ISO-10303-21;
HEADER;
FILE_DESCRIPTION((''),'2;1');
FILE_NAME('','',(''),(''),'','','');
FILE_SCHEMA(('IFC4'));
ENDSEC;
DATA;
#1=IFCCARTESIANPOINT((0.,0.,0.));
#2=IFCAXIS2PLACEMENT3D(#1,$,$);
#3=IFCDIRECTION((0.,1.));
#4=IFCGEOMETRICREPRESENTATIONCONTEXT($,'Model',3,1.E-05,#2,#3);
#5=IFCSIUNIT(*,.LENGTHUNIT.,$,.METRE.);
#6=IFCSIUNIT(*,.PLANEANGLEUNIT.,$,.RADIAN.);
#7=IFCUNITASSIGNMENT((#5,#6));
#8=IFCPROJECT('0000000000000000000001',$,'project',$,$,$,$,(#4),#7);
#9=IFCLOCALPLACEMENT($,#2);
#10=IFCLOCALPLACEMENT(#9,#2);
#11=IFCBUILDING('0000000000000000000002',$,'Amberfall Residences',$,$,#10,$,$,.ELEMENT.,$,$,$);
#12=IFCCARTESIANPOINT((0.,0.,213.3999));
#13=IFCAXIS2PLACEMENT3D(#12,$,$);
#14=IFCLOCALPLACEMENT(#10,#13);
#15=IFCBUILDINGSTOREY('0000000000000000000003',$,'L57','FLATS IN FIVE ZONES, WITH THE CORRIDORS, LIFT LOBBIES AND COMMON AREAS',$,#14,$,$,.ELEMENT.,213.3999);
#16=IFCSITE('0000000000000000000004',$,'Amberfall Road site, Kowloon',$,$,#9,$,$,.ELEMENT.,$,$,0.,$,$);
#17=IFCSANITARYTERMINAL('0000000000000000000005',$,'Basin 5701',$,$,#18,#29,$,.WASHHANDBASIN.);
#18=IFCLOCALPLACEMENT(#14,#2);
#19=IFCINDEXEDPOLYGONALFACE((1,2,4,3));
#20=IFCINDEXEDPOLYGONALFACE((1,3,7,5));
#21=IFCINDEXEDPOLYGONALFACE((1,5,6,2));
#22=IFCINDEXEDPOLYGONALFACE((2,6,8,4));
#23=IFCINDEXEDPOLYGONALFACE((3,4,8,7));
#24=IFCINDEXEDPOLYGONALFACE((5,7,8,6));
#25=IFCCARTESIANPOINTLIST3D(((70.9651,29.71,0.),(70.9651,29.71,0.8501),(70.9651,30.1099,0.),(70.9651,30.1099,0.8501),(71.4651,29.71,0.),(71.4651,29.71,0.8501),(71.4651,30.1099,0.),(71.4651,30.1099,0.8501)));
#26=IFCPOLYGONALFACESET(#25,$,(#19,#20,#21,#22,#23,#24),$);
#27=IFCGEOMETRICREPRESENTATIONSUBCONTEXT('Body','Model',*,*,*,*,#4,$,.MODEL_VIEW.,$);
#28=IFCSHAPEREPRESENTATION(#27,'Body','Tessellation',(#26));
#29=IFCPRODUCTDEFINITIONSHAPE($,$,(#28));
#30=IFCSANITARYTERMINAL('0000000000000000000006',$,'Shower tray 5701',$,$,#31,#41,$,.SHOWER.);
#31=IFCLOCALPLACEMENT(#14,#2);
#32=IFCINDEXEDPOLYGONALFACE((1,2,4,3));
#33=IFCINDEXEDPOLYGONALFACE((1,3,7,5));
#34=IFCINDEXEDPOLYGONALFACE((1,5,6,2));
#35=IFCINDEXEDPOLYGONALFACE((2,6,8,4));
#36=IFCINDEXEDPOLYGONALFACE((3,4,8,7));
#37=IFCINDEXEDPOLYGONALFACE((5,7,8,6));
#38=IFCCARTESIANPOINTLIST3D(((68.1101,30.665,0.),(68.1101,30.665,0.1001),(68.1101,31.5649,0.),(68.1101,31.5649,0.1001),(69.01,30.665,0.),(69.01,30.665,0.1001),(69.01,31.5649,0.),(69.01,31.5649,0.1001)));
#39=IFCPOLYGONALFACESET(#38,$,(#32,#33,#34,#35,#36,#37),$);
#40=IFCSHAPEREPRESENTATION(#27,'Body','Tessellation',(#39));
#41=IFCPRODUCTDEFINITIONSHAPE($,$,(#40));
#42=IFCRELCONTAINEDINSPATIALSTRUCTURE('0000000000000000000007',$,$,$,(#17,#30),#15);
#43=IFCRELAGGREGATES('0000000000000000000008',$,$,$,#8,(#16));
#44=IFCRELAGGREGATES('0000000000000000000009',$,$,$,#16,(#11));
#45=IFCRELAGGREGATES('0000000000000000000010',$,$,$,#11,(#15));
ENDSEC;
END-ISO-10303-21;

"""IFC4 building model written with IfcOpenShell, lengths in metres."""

from ifc_helpers import new_model, si_unit, direction, frame, origin, origin_2d, place, context, subcontext, project, spatial, rectangle, extrude, element, save


model = new_model("IFC4")

# Units and contexts
model_context = context("Model", 3, precision=1e-05, world=origin(), true_north=direction((0.0, 1.0)))
body_context = subcontext(model_context, "Body", "Model", "MODEL_VIEW")
ifc_project = project(units=[si_unit("LENGTHUNIT", "METRE"), si_unit("PLANEANGLEUNIT", "RADIAN")], contexts=[model_context])

# Site, building, storey
site_placement = place(None, origin())
site = spatial("IfcSite", under=ifc_project, at=site_placement, Name="Amberfall Road site, Kowloon", CompositionType="ELEMENT", RefElevation=0.0)
building_placement = place(site_placement, origin())
building = spatial("IfcBuilding", under=site, at=building_placement, Name="Amberfall Residences", CompositionType="ELEMENT")
storey_placement = place(building_placement, frame((0.0, 0.0, 213.3999)))
storey = spatial("IfcBuildingStorey", under=building, at=storey_placement, Name="L57", Description="FLATS IN FIVE ZONES, WITH THE CORRIDORS, LIFT LOBBIES AND COMMON AREAS", CompositionType="ELEMENT", Elevation=213.3999)

# Sanitary terminals
sanitary_terminal_1_placement = place(storey_placement, frame((71.2151, 29.9099, 0.0), z_axis=(0.0, 0.0, 1.0), x_axis=(1.0, 0.0, 0.0)))
element("IfcSanitaryTerminal", 1, at=sanitary_terminal_1_placement, inside=storey, Name="Basin 5701", PredefinedType="WASHHANDBASIN", context=body_context, shape_type="SweptSolid", body=[
    extrude(rectangle(XDim=0.5, YDim=0.3999, at=origin_2d()), origin(), (0.0, 0.0, 1.0), 0.8501),
])
sanitary_terminal_2_placement = place(storey_placement, frame((68.5601, 31.115, 0.0), z_axis=(0.0, 0.0, 1.0), x_axis=(1.0, 0.0, 0.0)))
element("IfcSanitaryTerminal", 2, at=sanitary_terminal_2_placement, inside=storey, Name="Shower tray 5701", PredefinedType="SHOWER", context=body_context, shape_type="SweptSolid", body=[
    extrude(rectangle(XDim=0.8999, YDim=0.8999, at=origin_2d()), origin(), (0.0, 0.0, 1.0), 0.1001),
])

save(model, "model.ifc")
